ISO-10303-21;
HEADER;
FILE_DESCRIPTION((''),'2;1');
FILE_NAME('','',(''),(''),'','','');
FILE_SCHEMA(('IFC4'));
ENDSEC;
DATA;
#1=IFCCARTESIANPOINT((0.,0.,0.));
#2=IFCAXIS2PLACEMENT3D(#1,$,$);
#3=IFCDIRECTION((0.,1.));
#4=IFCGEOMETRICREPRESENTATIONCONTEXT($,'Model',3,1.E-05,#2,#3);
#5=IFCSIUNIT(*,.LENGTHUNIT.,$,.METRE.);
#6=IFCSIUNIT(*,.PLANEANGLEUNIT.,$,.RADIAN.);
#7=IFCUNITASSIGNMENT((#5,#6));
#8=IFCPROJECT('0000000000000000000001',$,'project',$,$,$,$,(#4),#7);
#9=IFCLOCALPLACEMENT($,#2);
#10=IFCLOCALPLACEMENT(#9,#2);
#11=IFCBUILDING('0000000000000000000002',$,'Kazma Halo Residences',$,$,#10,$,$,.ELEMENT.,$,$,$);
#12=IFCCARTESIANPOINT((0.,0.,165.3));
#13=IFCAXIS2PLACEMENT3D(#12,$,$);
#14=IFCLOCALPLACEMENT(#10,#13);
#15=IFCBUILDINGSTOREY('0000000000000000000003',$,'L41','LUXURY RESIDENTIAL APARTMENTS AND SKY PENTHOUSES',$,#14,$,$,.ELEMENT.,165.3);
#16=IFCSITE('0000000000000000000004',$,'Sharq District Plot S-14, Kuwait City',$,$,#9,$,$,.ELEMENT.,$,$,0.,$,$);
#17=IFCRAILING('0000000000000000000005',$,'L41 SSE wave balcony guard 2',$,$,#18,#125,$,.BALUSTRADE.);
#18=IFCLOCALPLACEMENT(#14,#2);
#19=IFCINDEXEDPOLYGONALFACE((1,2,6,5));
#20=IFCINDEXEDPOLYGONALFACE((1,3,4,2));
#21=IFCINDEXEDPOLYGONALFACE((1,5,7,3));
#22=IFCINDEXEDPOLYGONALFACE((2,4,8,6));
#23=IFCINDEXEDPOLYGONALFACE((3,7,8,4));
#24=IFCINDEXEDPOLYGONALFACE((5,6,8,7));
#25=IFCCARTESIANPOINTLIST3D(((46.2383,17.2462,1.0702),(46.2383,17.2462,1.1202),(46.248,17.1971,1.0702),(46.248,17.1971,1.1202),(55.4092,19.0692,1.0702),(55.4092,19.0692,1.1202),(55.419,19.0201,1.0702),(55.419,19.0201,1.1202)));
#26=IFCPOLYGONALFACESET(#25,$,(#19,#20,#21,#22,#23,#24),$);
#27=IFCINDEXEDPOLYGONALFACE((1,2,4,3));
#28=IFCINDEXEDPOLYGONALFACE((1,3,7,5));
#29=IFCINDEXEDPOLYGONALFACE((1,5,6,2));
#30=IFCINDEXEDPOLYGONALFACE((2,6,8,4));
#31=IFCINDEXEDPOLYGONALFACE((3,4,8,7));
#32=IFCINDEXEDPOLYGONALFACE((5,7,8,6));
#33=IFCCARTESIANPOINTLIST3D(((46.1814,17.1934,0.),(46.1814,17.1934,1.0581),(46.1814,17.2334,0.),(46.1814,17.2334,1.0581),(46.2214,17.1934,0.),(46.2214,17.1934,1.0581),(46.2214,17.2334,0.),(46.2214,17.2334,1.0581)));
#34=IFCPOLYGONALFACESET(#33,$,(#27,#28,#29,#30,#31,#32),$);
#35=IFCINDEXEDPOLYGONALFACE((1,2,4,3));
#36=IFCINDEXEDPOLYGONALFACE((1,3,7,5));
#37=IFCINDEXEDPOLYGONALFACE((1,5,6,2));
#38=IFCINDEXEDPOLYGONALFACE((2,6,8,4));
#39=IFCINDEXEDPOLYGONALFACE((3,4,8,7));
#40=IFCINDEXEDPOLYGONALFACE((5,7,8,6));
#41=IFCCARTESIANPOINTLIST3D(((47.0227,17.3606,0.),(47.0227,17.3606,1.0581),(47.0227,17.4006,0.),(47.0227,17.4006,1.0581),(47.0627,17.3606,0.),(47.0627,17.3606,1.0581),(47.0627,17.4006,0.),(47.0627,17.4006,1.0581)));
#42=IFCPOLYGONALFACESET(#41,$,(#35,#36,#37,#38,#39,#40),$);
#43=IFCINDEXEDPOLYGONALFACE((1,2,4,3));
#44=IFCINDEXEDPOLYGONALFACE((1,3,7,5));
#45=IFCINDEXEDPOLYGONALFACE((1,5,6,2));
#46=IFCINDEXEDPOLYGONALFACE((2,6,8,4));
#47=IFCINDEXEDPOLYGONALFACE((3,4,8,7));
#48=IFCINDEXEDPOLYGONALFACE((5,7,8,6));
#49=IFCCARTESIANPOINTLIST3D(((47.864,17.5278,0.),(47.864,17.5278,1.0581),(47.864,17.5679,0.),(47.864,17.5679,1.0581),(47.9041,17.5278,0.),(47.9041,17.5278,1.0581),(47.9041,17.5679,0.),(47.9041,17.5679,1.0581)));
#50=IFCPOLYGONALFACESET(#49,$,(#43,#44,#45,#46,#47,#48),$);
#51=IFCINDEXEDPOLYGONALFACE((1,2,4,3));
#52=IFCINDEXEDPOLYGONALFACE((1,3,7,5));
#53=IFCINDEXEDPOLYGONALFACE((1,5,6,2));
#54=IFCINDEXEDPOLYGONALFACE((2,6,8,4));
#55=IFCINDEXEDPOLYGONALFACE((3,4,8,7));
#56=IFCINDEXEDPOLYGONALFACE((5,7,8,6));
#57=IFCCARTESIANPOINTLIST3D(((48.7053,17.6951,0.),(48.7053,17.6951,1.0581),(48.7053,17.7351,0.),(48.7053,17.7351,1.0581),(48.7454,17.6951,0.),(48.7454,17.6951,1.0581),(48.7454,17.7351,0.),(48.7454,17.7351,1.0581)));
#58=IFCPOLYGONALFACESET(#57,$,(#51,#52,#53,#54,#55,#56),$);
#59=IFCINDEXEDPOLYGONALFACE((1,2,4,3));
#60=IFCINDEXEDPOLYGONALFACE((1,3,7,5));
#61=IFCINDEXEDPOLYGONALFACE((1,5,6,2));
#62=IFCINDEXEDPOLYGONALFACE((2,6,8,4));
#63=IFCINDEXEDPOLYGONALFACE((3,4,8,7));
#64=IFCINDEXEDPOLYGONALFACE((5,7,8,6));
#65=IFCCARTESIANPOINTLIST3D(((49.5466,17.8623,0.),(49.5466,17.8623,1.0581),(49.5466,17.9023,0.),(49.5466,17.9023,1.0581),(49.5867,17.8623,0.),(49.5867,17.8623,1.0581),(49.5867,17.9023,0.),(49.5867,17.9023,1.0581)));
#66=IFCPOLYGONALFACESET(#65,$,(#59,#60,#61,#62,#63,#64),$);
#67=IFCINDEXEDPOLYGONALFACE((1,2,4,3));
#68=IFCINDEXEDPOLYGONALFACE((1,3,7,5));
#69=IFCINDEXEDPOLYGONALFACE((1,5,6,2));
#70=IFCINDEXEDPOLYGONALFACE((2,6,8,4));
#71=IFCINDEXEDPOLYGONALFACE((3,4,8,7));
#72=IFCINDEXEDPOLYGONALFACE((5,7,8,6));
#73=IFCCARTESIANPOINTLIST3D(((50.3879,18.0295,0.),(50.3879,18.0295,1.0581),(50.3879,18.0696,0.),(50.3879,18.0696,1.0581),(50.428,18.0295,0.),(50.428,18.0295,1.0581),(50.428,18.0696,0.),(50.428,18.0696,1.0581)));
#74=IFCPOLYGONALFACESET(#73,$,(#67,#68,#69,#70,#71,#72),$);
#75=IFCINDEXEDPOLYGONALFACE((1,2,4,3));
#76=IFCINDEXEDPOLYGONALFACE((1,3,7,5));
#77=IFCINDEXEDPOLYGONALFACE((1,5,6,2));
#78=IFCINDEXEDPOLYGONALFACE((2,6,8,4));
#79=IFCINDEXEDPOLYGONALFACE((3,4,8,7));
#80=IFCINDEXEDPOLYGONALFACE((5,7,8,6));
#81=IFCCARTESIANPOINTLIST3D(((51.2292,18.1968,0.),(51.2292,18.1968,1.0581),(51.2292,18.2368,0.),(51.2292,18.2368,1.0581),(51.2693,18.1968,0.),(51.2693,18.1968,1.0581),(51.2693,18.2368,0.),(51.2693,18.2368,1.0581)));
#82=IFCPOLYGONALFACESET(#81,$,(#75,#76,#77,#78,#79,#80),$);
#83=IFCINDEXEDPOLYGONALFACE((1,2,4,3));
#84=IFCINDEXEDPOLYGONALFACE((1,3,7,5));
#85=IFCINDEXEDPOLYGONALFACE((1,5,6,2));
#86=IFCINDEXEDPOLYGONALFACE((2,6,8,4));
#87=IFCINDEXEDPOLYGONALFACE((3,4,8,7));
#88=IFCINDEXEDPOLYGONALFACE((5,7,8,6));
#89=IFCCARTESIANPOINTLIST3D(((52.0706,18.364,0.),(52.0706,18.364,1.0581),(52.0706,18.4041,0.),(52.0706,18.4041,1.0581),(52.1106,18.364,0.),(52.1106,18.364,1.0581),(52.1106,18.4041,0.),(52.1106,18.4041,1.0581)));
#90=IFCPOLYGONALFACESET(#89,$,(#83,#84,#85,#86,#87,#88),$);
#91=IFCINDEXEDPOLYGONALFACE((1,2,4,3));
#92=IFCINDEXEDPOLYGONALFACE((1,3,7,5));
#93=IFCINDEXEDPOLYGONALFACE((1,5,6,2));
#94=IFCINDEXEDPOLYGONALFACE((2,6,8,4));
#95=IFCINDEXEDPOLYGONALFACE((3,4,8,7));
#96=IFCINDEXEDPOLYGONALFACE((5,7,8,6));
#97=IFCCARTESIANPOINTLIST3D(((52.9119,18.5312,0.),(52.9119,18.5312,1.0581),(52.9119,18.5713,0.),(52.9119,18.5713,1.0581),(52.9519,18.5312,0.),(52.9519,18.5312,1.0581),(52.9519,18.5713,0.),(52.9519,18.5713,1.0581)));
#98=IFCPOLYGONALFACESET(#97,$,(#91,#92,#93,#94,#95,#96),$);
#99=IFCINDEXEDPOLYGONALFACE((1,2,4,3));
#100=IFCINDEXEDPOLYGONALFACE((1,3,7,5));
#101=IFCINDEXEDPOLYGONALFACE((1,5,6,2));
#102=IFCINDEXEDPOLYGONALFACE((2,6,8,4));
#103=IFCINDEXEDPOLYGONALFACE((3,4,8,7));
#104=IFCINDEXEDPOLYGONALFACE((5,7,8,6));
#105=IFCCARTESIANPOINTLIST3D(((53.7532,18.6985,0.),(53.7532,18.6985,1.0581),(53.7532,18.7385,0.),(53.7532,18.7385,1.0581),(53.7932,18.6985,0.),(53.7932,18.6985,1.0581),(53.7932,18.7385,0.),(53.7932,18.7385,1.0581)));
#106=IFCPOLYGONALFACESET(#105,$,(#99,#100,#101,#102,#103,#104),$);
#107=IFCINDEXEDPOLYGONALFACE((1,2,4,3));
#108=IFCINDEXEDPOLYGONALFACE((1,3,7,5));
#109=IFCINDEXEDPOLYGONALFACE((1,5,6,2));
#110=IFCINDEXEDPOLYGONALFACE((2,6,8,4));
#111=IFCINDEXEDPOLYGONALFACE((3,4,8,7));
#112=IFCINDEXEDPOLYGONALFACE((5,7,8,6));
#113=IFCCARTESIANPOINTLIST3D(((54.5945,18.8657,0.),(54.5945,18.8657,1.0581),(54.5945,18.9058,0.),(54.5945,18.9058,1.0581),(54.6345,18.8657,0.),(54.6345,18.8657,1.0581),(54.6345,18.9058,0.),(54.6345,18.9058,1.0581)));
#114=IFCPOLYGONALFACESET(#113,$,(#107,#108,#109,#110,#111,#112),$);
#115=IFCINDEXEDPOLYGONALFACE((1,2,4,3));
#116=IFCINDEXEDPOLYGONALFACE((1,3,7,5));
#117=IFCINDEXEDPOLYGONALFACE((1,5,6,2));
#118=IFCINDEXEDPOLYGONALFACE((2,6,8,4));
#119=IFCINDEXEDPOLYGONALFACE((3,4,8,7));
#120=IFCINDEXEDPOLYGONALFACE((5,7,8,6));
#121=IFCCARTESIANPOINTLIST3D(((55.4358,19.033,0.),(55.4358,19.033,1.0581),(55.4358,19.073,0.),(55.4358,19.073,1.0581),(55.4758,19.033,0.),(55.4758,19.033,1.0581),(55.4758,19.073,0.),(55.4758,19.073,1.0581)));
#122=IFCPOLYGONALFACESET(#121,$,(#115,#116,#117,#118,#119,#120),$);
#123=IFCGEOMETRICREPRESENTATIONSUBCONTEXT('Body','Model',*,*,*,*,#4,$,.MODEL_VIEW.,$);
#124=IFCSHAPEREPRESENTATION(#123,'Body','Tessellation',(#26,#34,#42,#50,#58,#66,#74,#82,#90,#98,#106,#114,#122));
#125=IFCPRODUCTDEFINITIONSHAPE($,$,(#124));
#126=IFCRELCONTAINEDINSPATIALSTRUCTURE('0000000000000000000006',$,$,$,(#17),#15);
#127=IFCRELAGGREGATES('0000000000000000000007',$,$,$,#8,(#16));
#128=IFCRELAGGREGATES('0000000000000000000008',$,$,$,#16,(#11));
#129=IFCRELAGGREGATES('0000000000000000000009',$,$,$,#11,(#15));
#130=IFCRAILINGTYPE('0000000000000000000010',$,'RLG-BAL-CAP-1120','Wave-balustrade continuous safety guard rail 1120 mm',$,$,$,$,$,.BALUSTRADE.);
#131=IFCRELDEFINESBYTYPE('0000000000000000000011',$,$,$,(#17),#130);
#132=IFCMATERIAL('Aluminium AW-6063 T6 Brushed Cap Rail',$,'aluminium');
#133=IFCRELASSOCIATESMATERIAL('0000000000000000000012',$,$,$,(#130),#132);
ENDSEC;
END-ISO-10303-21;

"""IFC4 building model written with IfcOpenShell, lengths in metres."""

from ifc_helpers import new_model, si_unit, direction, frame, origin, origin_2d, place, context, subcontext, project, spatial, rectangle, extrude, material, type_object, element, save


model = new_model("IFC4")

# Units and contexts
model_context = context("Model", 3, precision=1e-05, world=origin(), true_north=direction((0.0, 1.0)))
body_context = subcontext(model_context, "Body", "Model", "MODEL_VIEW")
ifc_project = project(units=[si_unit("LENGTHUNIT", "METRE"), si_unit("PLANEANGLEUNIT", "RADIAN")], contexts=[model_context])

# Site, building, storey
site_placement = place(None, origin())
site = spatial("IfcSite", under=ifc_project, at=site_placement, Name="Sharq District Plot S-14, Kuwait City", CompositionType="ELEMENT", RefElevation=0.0)
building_placement = place(site_placement, origin())
building = spatial("IfcBuilding", under=site, at=building_placement, Name="Kazma Halo Residences", CompositionType="ELEMENT")
storey_placement = place(building_placement, frame((0.0, 0.0, 165.3)))
storey = spatial("IfcBuildingStorey", under=building, at=storey_placement, Name="L41", Description="LUXURY RESIDENTIAL APARTMENTS AND SKY PENTHOUSES", CompositionType="ELEMENT", Elevation=165.3)

# Railing
ifc_material_1 = material(Name="Aluminium AW-6063 T6 Brushed Cap Rail", Category="aluminium")
railing_type = type_object("IfcRailingType", Name="RLG-BAL-CAP-1120", Description="Wave-balustrade continuous safety guard rail 1120 mm", PredefinedType="BALUSTRADE", material=ifc_material_1)
railing_1_placement = place(storey_placement, frame((46.2014, 17.2134, 0.0)))
element("IfcRailing", 1, at=railing_1_placement, inside=storey, type_object=railing_type, Name="L41 SSE wave balcony guard 2", PredefinedType="BALUSTRADE", context=body_context, shape_type="SweptSolid", body=[
    extrude(rectangle(XDim=0.05, YDim=0.05, at=origin_2d()), frame((0.0417, 0.0083, 1.0952), z_axis=(0.98081, 0.194967, 0.0), x_axis=(-0.194967, 0.98081, 0.0)), (0.0, 0.0, 1.0), 9.3503),
    extrude(rectangle(XDim=0.04, YDim=0.04, at=origin_2d()), origin(), (0.0, 0.0, 1.0), 1.0581),
    extrude(rectangle(XDim=0.04, YDim=0.04, at=origin_2d()), frame((0.8413, 0.1672, 0.0)), (0.0, 0.0, 1.0), 1.0581),
    extrude(rectangle(XDim=0.04, YDim=0.04, at=origin_2d()), frame((1.6826, 0.3345, 0.0)), (0.0, 0.0, 1.0), 1.0581),
    extrude(rectangle(XDim=0.04, YDim=0.04, at=origin_2d()), frame((2.5239, 0.5017, 0.0)), (0.0, 0.0, 1.0), 1.0581),
    extrude(rectangle(XDim=0.04, YDim=0.04, at=origin_2d()), frame((3.3652, 0.6689, 0.0)), (0.0, 0.0, 1.0), 1.0581),
    extrude(rectangle(XDim=0.04, YDim=0.04, at=origin_2d()), frame((4.2065, 0.8362, 0.0)), (0.0, 0.0, 1.0), 1.0581),
    extrude(rectangle(XDim=0.04, YDim=0.04, at=origin_2d()), frame((5.0479, 1.0034, 0.0)), (0.0, 0.0, 1.0), 1.0581),
    extrude(rectangle(XDim=0.04, YDim=0.04, at=origin_2d()), frame((5.8892, 1.1707, 0.0)), (0.0, 0.0, 1.0), 1.0581),
    extrude(rectangle(XDim=0.04, YDim=0.04, at=origin_2d()), frame((6.7305, 1.3379, 0.0)), (0.0, 0.0, 1.0), 1.0581),
    extrude(rectangle(XDim=0.04, YDim=0.04, at=origin_2d()), frame((7.5718, 1.5051, 0.0)), (0.0, 0.0, 1.0), 1.0581),
    extrude(rectangle(XDim=0.04, YDim=0.04, at=origin_2d()), frame((8.4131, 1.6724, 0.0)), (0.0, 0.0, 1.0), 1.0581),
    extrude(rectangle(XDim=0.04, YDim=0.04, at=origin_2d()), frame((9.2544, 1.8396, 0.0)), (0.0, 0.0, 1.0), 1.0581),
])

save(model, "model.ifc")
